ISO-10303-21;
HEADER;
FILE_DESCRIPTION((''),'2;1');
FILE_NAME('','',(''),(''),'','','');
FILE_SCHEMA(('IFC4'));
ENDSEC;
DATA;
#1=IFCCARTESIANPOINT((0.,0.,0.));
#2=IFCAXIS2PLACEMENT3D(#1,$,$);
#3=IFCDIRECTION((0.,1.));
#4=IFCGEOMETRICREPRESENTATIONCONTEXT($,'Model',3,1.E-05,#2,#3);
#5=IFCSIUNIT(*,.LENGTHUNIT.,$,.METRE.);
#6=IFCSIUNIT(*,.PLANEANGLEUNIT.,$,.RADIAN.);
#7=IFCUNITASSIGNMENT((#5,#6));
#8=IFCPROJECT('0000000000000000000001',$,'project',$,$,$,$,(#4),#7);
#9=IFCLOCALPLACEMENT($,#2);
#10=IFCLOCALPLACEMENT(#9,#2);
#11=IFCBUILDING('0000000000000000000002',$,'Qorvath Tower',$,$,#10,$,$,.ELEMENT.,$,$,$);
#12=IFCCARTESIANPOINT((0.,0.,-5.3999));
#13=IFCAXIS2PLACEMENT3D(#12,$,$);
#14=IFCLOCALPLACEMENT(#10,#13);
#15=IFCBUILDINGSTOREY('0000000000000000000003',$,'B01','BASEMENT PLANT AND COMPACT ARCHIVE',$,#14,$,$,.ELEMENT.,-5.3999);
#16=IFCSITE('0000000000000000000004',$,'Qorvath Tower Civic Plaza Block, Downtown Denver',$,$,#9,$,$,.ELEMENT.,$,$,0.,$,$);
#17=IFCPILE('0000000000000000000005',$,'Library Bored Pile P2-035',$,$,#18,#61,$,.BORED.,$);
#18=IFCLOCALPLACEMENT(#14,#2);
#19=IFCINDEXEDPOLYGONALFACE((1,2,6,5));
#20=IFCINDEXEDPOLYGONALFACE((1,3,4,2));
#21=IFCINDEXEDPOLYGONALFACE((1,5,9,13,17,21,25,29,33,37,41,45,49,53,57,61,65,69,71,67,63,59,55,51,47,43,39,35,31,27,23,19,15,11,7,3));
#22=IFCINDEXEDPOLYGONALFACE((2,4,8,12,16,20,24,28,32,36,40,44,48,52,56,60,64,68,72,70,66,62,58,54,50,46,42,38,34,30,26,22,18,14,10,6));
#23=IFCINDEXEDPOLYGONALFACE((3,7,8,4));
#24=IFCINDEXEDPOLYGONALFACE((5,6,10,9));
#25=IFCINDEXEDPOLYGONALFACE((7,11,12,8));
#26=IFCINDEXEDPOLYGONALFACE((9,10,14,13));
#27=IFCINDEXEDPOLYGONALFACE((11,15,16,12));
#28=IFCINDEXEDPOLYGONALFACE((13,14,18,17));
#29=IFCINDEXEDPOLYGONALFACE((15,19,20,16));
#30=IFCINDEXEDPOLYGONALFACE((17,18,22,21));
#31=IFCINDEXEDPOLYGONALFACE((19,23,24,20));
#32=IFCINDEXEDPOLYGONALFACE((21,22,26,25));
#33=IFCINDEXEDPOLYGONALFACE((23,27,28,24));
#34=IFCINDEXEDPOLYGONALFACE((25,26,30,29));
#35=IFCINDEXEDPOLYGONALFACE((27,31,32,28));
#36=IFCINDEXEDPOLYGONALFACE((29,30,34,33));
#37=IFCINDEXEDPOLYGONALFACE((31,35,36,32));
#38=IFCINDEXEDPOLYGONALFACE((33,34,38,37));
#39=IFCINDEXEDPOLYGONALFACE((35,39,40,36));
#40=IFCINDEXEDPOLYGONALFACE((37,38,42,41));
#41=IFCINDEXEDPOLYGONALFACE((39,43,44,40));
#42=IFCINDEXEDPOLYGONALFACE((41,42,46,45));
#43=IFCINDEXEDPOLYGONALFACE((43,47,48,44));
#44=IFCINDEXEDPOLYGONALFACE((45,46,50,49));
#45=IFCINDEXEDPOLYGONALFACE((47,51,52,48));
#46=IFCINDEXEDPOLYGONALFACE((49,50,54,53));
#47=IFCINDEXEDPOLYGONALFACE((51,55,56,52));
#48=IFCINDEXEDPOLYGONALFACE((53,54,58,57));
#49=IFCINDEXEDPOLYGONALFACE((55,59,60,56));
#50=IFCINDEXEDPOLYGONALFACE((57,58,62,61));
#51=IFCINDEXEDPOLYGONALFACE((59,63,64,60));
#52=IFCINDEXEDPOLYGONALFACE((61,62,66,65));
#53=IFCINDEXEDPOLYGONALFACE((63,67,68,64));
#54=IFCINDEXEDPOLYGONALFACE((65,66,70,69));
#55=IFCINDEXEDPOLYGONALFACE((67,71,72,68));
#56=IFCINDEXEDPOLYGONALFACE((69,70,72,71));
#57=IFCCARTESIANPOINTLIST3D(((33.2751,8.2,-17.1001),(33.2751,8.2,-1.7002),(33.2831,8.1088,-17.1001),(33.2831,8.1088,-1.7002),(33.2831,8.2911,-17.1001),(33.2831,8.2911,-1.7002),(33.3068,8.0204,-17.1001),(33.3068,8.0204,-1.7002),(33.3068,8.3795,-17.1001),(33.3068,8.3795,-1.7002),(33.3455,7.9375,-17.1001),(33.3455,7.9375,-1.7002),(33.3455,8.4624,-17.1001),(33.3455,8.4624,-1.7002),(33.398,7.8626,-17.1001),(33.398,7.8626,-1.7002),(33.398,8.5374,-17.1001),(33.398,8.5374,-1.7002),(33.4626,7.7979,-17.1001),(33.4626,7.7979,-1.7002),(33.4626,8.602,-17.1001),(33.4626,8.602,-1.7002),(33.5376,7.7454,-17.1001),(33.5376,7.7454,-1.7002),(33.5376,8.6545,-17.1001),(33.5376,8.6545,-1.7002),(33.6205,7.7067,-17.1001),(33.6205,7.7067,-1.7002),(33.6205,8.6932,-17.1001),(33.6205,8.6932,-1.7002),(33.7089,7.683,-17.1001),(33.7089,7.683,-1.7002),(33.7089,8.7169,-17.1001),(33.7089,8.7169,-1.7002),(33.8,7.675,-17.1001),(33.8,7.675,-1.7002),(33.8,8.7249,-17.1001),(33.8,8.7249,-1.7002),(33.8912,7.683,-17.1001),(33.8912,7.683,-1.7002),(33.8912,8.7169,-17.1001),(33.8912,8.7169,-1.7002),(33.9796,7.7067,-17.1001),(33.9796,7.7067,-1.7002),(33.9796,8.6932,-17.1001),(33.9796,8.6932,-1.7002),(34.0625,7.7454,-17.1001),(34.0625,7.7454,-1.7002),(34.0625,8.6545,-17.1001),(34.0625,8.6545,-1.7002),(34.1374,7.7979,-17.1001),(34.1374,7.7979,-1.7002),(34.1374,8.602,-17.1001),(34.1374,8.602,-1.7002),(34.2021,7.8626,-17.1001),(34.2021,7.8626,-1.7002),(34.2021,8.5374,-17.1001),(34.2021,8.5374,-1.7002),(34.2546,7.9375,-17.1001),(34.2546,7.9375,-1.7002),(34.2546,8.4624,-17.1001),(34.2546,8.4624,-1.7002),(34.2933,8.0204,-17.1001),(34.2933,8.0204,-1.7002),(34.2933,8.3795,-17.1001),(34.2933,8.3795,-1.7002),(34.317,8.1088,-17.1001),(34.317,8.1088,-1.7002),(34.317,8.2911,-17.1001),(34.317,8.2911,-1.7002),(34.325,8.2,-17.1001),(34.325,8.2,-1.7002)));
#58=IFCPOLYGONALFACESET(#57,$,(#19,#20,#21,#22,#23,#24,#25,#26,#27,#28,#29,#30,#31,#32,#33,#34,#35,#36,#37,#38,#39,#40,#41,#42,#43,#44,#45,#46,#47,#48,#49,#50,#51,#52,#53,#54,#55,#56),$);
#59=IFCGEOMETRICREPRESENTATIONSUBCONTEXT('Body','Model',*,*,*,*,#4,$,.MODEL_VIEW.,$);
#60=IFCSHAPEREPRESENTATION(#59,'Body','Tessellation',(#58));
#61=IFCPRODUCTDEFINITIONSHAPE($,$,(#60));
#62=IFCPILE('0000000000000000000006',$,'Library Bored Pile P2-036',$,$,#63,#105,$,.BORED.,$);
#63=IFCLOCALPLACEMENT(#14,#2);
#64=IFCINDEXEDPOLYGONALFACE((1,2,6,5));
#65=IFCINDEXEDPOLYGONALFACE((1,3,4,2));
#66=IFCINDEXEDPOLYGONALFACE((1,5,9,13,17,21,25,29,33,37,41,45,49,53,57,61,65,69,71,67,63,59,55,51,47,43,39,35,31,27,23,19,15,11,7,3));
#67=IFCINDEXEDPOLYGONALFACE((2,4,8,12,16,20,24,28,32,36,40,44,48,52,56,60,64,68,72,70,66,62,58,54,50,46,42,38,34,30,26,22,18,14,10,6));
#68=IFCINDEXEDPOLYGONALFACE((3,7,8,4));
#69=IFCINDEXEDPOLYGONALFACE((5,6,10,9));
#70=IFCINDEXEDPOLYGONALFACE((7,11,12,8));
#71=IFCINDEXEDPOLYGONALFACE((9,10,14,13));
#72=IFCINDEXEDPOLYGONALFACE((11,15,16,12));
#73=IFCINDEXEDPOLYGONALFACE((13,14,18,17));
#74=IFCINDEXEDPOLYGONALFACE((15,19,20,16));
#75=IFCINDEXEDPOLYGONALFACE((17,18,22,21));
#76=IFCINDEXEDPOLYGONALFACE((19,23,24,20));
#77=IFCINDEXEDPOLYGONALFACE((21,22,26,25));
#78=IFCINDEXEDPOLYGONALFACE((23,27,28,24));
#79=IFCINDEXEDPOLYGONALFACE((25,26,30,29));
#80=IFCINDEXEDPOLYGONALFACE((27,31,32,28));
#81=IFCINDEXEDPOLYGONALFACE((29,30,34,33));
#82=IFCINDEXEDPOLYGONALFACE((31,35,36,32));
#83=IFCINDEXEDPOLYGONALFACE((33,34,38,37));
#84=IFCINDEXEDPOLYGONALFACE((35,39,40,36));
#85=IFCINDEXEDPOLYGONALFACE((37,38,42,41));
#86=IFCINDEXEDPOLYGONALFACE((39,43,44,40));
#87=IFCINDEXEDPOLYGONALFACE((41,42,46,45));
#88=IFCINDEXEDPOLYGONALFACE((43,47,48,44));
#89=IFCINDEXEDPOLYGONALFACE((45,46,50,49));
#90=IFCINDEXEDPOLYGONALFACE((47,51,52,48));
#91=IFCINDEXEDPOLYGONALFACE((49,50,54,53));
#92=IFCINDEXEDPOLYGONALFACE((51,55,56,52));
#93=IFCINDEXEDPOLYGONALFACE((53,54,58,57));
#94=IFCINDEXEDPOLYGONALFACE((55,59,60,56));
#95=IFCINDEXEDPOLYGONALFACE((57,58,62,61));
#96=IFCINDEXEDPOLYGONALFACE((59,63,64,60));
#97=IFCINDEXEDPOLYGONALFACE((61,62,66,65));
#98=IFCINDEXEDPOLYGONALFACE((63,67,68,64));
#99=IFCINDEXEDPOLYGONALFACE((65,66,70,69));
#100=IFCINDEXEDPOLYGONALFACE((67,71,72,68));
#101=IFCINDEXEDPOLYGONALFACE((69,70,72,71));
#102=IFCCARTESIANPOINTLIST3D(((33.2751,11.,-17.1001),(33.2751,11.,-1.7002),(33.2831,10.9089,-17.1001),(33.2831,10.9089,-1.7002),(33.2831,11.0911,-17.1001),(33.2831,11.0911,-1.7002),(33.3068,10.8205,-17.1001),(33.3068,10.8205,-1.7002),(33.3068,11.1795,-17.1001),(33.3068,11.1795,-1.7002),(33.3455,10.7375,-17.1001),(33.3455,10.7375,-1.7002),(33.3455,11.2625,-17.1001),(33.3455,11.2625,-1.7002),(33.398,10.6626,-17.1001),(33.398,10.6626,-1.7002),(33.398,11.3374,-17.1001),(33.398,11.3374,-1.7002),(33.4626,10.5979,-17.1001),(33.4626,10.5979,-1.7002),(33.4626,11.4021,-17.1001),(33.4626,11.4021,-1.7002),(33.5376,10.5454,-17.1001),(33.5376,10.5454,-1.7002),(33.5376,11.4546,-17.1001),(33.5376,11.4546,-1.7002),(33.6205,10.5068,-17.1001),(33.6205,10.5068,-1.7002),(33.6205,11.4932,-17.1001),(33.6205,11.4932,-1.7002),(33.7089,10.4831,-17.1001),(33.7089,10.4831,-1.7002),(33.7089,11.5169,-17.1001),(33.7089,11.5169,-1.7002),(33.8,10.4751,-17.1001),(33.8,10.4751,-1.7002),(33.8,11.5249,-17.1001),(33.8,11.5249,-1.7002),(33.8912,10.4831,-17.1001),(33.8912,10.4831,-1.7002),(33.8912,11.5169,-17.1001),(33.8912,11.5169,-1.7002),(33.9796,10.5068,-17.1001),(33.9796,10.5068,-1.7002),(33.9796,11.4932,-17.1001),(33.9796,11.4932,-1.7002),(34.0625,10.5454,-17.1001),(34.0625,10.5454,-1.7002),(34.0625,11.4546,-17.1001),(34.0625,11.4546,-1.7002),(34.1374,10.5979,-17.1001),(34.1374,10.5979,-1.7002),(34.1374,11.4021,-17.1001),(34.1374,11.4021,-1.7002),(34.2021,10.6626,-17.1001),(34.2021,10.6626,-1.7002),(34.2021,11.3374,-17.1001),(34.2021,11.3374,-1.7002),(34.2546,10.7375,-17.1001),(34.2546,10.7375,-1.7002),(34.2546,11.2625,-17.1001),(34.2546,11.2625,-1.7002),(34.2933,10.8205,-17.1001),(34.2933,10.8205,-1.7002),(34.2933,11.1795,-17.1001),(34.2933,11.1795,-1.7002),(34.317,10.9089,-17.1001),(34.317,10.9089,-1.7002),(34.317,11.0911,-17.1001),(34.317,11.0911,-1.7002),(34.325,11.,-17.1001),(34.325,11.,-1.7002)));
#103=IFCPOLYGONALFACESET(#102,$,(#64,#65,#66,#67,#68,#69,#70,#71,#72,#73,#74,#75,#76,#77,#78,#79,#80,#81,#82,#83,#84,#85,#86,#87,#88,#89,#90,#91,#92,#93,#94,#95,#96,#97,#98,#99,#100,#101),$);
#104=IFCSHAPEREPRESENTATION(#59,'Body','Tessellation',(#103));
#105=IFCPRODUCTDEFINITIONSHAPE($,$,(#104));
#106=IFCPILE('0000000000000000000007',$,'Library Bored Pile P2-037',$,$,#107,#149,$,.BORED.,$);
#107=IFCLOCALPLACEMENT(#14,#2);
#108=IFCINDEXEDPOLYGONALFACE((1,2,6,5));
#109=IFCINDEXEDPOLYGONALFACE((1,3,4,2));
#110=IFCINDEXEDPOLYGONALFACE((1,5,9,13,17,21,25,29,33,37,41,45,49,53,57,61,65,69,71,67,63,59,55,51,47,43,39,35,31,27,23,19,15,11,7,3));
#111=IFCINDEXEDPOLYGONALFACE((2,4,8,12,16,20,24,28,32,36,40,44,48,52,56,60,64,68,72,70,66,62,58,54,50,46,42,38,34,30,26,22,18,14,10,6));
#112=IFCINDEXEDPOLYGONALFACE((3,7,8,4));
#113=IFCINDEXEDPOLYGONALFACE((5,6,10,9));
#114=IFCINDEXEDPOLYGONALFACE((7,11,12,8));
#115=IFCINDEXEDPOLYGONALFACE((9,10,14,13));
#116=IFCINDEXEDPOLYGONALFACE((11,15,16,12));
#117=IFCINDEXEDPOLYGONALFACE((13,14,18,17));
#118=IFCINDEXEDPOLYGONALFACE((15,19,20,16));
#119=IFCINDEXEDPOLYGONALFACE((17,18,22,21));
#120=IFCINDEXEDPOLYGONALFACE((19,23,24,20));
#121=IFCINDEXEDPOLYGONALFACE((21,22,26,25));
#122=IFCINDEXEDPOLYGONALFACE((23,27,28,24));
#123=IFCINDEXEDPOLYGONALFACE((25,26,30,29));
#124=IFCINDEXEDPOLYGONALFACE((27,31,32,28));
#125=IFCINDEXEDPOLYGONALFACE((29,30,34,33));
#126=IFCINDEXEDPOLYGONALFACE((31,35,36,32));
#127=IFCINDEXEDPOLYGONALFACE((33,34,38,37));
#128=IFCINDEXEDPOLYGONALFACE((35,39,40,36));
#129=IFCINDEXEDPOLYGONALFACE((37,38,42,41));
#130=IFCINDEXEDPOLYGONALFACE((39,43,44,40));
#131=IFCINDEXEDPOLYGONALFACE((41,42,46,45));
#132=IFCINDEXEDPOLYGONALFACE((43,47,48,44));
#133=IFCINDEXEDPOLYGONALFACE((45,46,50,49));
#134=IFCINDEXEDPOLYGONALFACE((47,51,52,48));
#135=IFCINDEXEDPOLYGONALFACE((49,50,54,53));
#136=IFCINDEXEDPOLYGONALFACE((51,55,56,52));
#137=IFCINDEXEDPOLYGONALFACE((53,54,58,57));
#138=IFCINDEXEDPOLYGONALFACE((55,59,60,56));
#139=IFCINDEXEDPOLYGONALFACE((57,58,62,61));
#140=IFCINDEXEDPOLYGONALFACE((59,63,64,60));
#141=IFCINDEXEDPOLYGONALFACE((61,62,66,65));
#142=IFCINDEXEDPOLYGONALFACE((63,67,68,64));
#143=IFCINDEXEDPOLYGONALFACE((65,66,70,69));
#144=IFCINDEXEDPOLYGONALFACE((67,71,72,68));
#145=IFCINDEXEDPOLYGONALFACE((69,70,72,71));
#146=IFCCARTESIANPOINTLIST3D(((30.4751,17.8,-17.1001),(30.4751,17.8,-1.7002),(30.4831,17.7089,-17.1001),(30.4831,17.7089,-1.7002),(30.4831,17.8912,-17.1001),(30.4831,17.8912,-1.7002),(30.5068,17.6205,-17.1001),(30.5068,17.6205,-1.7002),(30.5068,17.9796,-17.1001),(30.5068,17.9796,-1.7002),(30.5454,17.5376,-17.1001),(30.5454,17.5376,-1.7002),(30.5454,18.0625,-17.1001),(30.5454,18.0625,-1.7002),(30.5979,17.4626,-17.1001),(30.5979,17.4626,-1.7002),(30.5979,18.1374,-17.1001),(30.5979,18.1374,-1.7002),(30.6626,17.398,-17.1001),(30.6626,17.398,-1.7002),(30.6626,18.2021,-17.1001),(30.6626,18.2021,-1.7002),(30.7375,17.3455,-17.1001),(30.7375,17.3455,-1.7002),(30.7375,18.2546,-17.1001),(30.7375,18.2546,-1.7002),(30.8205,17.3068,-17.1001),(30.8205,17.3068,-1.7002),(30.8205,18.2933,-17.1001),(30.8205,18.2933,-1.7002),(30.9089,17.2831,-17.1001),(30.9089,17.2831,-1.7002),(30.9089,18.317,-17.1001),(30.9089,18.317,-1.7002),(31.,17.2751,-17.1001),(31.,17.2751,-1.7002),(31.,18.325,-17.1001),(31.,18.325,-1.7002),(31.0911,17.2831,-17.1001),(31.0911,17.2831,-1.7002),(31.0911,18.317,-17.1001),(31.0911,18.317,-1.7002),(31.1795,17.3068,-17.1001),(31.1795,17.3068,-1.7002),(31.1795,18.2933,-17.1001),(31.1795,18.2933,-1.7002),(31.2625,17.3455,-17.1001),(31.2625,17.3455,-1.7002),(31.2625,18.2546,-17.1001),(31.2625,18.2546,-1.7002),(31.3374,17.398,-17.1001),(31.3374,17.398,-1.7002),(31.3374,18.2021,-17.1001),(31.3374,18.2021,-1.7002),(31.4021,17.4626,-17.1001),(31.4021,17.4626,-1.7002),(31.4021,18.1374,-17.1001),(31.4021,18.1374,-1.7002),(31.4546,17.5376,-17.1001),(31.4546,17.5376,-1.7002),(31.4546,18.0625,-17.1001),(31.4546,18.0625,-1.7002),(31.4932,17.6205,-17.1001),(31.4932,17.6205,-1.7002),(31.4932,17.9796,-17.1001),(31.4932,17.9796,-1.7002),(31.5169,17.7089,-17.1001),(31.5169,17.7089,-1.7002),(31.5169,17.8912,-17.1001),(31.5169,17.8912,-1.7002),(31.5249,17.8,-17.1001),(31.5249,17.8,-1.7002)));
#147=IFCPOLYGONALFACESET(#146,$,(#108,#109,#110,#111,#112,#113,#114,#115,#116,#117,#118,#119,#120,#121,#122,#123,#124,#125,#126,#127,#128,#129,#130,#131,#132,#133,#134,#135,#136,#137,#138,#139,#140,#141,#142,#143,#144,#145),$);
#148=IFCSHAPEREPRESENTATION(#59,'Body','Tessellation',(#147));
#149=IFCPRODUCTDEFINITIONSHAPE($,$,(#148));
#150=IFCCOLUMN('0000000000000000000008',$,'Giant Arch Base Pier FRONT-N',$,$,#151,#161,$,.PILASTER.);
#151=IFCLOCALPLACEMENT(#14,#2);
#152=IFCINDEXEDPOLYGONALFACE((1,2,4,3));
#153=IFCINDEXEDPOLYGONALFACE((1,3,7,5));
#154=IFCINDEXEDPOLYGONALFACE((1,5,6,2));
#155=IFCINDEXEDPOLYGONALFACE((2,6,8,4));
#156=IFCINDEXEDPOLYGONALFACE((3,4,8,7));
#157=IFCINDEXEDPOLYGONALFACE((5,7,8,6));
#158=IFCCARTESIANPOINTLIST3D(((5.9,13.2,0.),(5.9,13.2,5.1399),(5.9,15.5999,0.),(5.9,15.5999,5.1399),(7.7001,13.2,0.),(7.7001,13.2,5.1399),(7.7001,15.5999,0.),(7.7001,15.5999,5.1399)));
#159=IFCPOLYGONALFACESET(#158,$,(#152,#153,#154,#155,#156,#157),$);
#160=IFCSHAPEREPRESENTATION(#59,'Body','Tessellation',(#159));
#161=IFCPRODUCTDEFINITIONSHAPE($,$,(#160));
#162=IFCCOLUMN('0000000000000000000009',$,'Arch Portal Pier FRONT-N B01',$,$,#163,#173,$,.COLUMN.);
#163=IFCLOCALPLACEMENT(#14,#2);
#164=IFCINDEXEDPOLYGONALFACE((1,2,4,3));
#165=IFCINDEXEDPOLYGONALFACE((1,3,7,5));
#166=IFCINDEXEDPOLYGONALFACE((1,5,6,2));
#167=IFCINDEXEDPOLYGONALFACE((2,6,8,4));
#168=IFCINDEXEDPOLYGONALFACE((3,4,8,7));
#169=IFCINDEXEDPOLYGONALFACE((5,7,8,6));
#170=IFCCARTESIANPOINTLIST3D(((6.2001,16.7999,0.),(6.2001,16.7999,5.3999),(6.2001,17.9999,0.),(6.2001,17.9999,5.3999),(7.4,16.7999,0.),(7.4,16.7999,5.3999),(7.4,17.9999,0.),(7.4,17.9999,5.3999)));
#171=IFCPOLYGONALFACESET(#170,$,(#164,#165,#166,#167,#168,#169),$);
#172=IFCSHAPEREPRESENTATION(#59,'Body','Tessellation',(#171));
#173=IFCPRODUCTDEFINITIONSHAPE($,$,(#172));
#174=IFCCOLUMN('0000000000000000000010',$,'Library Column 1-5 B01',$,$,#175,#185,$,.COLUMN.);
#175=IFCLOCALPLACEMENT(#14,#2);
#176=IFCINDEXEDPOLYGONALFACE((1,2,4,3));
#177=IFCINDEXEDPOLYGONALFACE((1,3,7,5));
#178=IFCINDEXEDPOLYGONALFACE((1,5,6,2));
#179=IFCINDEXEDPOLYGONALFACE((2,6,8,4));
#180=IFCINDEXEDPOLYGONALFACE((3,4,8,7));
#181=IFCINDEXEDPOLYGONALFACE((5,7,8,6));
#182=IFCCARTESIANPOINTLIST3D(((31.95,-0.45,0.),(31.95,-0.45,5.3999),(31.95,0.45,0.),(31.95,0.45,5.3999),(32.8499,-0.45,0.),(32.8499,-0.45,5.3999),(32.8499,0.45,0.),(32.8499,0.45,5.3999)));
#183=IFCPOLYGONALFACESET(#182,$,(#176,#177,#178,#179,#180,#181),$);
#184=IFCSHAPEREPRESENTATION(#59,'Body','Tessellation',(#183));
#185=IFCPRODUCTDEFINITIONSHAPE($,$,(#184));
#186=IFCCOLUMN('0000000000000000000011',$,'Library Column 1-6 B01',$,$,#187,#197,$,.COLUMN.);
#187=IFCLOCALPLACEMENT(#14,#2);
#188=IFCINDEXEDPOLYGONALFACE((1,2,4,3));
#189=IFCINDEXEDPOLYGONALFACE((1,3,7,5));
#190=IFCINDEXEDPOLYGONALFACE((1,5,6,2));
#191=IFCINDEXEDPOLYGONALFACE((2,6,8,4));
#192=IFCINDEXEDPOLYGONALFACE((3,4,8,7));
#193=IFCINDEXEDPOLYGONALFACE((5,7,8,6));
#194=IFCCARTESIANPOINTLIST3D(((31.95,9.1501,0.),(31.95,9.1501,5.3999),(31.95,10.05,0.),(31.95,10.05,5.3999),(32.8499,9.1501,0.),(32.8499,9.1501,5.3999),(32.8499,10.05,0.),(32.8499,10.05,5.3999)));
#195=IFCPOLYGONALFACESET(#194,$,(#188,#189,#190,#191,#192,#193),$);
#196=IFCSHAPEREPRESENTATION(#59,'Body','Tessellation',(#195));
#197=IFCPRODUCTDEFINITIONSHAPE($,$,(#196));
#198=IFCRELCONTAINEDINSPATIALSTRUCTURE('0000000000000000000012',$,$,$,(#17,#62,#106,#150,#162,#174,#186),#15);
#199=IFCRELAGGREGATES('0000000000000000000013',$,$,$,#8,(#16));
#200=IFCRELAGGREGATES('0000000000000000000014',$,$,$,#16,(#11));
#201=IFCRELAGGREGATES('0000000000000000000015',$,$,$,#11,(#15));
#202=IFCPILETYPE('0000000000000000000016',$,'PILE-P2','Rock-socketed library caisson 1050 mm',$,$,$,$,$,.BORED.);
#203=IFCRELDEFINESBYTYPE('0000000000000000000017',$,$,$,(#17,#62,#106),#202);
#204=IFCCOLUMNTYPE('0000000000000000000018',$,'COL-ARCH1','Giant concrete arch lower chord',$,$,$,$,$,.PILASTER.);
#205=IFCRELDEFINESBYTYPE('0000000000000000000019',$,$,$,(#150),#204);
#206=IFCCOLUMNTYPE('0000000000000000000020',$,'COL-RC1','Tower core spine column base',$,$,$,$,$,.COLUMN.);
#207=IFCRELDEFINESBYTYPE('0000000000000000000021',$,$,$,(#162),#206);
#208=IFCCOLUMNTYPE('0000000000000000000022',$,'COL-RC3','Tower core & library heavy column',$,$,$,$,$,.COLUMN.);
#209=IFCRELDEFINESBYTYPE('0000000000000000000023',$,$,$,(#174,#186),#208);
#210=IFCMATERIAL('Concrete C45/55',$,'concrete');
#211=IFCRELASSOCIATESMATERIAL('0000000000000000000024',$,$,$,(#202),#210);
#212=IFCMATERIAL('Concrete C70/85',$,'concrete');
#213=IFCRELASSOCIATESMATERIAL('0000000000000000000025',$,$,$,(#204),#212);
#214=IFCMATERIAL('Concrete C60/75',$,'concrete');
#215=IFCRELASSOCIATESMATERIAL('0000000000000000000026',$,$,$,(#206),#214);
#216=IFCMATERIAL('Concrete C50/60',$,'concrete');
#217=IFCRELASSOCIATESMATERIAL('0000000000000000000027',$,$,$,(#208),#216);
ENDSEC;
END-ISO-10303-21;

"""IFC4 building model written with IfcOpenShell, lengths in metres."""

from ifc_helpers import new_model, si_unit, direction, frame, origin, origin_2d, place, context, subcontext, project, spatial, rectangle, circle, extrude, material, material_profile, profile_set, type_object, element, save


model = new_model("IFC4")

# Units and contexts
model_context = context("Model", 3, precision=1e-05, world=origin(), true_north=direction((0.0, 1.0)))
body_context = subcontext(model_context, "Body", "Model", "MODEL_VIEW")
ifc_project = project(units=[si_unit("LENGTHUNIT", "METRE"), si_unit("PLANEANGLEUNIT", "RADIAN")], contexts=[model_context])

# Site, building, storey
site_placement = place(None, origin())
site = spatial("IfcSite", under=ifc_project, at=site_placement, Name="Qorvath Tower Civic Plaza Block, Downtown Denver", CompositionType="ELEMENT", RefElevation=0.0)
building_placement = place(site_placement, origin())
building = spatial("IfcBuilding", under=site, at=building_placement, Name="Qorvath Tower", CompositionType="ELEMENT")
storey_placement = place(building_placement, frame((0.0, 0.0, -5.3999)))
storey = spatial("IfcBuildingStorey", under=building, at=storey_placement, Name="B01", Description="BASEMENT PLANT AND COMPACT ARCHIVE", CompositionType="ELEMENT", Elevation=-5.3999)

# Piles
ifc_material_1 = material(Name="Concrete C45/55", Category="concrete")
ifc_material_profile_1 = material_profile(ifc_material_1, circle(Radius=0.5249, at=origin_2d()), Name="BORED PILE 1050")
ifc_profile_set_1 = profile_set([ifc_material_profile_1], Name="Concrete C45/55")
pile_type_1 = type_object("IfcPileType", Name="PILE-P2", Description="Rock-socketed library caisson 1050 mm", PredefinedType="BORED", material=ifc_profile_set_1)
for number, where, z_axis, x_axis, name in (
    (1, (33.8, 8.2, -1.7002), (0.0, 0.0, -1.0), (1.0, 0.0, 0.0), "Library Bored Pile P2-035"),
    (2, (33.8, 11.0, -1.7002), (0.0, 0.0, -1.0), (1.0, 0.0, 0.0), "Library Bored Pile P2-036"),
    (3, (31.0, 17.8, -1.7002), (0.0, 0.0, -1.0), (1.0, 0.0, 0.0), "Library Bored Pile P2-037"),
):
    element("IfcPile", number, at=place(storey_placement, frame(where, z_axis=z_axis, x_axis=x_axis)), inside=storey, type_object=pile_type_1, Name=name, PredefinedType="BORED", context=body_context, shape_type="SweptSolid", body=[
        extrude(circle(Radius=0.5249, at=origin_2d()), origin(), (0.0, 0.0, 1.0), 15.3999),
    ])

# Columns
ifc_material_2 = material(Name="Concrete C70/85", Category="concrete")
ifc_material_profile_2 = material_profile(ifc_material_2, rectangle(XDim=1.8, YDim=2.3999, at=origin_2d()), Name="ARCH 2400x1800")
ifc_profile_set_2 = profile_set([ifc_material_profile_2], Name="Concrete C70/85")
column_type_1 = type_object("IfcColumnType", Name="COL-ARCH1", Description="Giant concrete arch lower chord", PredefinedType="PILASTER", material=ifc_profile_set_2)
column_1_placement = place(storey_placement, frame((6.8, 14.3999, 0.0), z_axis=(0.0, 0.0, 1.0), x_axis=(1.0, 0.0, 0.0)))
element("IfcColumn", 4, at=column_1_placement, inside=storey, type_object=column_type_1, Name="Giant Arch Base Pier FRONT-N", PredefinedType="PILASTER", context=body_context, shape_type="SweptSolid", body=[
    extrude(rectangle(XDim=1.8, YDim=2.3999, at=origin_2d()), origin(), (0.0, 0.0, 1.0), 5.1399),
])
ifc_material_3 = material(Name="Concrete C60/75", Category="concrete")
ifc_material_profile_3 = material_profile(ifc_material_3, rectangle(XDim=1.2, YDim=1.2, at=origin_2d()), Name="RC 1200x1200")
ifc_profile_set_3 = profile_set([ifc_material_profile_3], Name="Concrete C60/75")
column_type_2 = type_object("IfcColumnType", Name="COL-RC1", Description="Tower core spine column base", PredefinedType="COLUMN", material=ifc_profile_set_3)
column_2_placement = place(storey_placement, frame((6.8, 17.3999, 0.0), z_axis=(0.0, 0.0, 1.0), x_axis=(1.0, 0.0, 0.0)))
element("IfcColumn", 5, at=column_2_placement, inside=storey, type_object=column_type_2, Name="Arch Portal Pier FRONT-N B01", PredefinedType="COLUMN", context=body_context, shape_type="SweptSolid", body=[
    extrude(rectangle(XDim=1.2, YDim=1.2, at=origin_2d()), origin(), (0.0, 0.0, 1.0), 5.3999),
])
ifc_material_4 = material(Name="Concrete C50/60", Category="concrete")
ifc_material_profile_4 = material_profile(ifc_material_4, rectangle(XDim=0.8999, YDim=0.8999, at=origin_2d()), Name="RC 900x900")
ifc_profile_set_4 = profile_set([ifc_material_profile_4], Name="Concrete C50/60")
column_type_3 = type_object("IfcColumnType", Name="COL-RC3", Description="Tower core & library heavy column", PredefinedType="COLUMN", material=ifc_profile_set_4)
for number, where, z_axis, x_axis, name in (
    (6, (32.3999, 0.0, 0.0), (0.0, 0.0, 1.0), (1.0, 0.0, 0.0), "Library Column 1-5 B01"),
    (7, (32.3999, 9.6001, 0.0), (0.0, 0.0, 1.0), (1.0, 0.0, 0.0), "Library Column 1-6 B01"),
):
    element("IfcColumn", number, at=place(storey_placement, frame(where, z_axis=z_axis, x_axis=x_axis)), inside=storey, type_object=column_type_3, Name=name, PredefinedType="COLUMN", context=body_context, shape_type="SweptSolid", body=[
        extrude(rectangle(XDim=0.8999, YDim=0.8999, at=origin_2d()), origin(), (0.0, 0.0, 1.0), 5.3999),
    ])

save(model, "model.ifc")
